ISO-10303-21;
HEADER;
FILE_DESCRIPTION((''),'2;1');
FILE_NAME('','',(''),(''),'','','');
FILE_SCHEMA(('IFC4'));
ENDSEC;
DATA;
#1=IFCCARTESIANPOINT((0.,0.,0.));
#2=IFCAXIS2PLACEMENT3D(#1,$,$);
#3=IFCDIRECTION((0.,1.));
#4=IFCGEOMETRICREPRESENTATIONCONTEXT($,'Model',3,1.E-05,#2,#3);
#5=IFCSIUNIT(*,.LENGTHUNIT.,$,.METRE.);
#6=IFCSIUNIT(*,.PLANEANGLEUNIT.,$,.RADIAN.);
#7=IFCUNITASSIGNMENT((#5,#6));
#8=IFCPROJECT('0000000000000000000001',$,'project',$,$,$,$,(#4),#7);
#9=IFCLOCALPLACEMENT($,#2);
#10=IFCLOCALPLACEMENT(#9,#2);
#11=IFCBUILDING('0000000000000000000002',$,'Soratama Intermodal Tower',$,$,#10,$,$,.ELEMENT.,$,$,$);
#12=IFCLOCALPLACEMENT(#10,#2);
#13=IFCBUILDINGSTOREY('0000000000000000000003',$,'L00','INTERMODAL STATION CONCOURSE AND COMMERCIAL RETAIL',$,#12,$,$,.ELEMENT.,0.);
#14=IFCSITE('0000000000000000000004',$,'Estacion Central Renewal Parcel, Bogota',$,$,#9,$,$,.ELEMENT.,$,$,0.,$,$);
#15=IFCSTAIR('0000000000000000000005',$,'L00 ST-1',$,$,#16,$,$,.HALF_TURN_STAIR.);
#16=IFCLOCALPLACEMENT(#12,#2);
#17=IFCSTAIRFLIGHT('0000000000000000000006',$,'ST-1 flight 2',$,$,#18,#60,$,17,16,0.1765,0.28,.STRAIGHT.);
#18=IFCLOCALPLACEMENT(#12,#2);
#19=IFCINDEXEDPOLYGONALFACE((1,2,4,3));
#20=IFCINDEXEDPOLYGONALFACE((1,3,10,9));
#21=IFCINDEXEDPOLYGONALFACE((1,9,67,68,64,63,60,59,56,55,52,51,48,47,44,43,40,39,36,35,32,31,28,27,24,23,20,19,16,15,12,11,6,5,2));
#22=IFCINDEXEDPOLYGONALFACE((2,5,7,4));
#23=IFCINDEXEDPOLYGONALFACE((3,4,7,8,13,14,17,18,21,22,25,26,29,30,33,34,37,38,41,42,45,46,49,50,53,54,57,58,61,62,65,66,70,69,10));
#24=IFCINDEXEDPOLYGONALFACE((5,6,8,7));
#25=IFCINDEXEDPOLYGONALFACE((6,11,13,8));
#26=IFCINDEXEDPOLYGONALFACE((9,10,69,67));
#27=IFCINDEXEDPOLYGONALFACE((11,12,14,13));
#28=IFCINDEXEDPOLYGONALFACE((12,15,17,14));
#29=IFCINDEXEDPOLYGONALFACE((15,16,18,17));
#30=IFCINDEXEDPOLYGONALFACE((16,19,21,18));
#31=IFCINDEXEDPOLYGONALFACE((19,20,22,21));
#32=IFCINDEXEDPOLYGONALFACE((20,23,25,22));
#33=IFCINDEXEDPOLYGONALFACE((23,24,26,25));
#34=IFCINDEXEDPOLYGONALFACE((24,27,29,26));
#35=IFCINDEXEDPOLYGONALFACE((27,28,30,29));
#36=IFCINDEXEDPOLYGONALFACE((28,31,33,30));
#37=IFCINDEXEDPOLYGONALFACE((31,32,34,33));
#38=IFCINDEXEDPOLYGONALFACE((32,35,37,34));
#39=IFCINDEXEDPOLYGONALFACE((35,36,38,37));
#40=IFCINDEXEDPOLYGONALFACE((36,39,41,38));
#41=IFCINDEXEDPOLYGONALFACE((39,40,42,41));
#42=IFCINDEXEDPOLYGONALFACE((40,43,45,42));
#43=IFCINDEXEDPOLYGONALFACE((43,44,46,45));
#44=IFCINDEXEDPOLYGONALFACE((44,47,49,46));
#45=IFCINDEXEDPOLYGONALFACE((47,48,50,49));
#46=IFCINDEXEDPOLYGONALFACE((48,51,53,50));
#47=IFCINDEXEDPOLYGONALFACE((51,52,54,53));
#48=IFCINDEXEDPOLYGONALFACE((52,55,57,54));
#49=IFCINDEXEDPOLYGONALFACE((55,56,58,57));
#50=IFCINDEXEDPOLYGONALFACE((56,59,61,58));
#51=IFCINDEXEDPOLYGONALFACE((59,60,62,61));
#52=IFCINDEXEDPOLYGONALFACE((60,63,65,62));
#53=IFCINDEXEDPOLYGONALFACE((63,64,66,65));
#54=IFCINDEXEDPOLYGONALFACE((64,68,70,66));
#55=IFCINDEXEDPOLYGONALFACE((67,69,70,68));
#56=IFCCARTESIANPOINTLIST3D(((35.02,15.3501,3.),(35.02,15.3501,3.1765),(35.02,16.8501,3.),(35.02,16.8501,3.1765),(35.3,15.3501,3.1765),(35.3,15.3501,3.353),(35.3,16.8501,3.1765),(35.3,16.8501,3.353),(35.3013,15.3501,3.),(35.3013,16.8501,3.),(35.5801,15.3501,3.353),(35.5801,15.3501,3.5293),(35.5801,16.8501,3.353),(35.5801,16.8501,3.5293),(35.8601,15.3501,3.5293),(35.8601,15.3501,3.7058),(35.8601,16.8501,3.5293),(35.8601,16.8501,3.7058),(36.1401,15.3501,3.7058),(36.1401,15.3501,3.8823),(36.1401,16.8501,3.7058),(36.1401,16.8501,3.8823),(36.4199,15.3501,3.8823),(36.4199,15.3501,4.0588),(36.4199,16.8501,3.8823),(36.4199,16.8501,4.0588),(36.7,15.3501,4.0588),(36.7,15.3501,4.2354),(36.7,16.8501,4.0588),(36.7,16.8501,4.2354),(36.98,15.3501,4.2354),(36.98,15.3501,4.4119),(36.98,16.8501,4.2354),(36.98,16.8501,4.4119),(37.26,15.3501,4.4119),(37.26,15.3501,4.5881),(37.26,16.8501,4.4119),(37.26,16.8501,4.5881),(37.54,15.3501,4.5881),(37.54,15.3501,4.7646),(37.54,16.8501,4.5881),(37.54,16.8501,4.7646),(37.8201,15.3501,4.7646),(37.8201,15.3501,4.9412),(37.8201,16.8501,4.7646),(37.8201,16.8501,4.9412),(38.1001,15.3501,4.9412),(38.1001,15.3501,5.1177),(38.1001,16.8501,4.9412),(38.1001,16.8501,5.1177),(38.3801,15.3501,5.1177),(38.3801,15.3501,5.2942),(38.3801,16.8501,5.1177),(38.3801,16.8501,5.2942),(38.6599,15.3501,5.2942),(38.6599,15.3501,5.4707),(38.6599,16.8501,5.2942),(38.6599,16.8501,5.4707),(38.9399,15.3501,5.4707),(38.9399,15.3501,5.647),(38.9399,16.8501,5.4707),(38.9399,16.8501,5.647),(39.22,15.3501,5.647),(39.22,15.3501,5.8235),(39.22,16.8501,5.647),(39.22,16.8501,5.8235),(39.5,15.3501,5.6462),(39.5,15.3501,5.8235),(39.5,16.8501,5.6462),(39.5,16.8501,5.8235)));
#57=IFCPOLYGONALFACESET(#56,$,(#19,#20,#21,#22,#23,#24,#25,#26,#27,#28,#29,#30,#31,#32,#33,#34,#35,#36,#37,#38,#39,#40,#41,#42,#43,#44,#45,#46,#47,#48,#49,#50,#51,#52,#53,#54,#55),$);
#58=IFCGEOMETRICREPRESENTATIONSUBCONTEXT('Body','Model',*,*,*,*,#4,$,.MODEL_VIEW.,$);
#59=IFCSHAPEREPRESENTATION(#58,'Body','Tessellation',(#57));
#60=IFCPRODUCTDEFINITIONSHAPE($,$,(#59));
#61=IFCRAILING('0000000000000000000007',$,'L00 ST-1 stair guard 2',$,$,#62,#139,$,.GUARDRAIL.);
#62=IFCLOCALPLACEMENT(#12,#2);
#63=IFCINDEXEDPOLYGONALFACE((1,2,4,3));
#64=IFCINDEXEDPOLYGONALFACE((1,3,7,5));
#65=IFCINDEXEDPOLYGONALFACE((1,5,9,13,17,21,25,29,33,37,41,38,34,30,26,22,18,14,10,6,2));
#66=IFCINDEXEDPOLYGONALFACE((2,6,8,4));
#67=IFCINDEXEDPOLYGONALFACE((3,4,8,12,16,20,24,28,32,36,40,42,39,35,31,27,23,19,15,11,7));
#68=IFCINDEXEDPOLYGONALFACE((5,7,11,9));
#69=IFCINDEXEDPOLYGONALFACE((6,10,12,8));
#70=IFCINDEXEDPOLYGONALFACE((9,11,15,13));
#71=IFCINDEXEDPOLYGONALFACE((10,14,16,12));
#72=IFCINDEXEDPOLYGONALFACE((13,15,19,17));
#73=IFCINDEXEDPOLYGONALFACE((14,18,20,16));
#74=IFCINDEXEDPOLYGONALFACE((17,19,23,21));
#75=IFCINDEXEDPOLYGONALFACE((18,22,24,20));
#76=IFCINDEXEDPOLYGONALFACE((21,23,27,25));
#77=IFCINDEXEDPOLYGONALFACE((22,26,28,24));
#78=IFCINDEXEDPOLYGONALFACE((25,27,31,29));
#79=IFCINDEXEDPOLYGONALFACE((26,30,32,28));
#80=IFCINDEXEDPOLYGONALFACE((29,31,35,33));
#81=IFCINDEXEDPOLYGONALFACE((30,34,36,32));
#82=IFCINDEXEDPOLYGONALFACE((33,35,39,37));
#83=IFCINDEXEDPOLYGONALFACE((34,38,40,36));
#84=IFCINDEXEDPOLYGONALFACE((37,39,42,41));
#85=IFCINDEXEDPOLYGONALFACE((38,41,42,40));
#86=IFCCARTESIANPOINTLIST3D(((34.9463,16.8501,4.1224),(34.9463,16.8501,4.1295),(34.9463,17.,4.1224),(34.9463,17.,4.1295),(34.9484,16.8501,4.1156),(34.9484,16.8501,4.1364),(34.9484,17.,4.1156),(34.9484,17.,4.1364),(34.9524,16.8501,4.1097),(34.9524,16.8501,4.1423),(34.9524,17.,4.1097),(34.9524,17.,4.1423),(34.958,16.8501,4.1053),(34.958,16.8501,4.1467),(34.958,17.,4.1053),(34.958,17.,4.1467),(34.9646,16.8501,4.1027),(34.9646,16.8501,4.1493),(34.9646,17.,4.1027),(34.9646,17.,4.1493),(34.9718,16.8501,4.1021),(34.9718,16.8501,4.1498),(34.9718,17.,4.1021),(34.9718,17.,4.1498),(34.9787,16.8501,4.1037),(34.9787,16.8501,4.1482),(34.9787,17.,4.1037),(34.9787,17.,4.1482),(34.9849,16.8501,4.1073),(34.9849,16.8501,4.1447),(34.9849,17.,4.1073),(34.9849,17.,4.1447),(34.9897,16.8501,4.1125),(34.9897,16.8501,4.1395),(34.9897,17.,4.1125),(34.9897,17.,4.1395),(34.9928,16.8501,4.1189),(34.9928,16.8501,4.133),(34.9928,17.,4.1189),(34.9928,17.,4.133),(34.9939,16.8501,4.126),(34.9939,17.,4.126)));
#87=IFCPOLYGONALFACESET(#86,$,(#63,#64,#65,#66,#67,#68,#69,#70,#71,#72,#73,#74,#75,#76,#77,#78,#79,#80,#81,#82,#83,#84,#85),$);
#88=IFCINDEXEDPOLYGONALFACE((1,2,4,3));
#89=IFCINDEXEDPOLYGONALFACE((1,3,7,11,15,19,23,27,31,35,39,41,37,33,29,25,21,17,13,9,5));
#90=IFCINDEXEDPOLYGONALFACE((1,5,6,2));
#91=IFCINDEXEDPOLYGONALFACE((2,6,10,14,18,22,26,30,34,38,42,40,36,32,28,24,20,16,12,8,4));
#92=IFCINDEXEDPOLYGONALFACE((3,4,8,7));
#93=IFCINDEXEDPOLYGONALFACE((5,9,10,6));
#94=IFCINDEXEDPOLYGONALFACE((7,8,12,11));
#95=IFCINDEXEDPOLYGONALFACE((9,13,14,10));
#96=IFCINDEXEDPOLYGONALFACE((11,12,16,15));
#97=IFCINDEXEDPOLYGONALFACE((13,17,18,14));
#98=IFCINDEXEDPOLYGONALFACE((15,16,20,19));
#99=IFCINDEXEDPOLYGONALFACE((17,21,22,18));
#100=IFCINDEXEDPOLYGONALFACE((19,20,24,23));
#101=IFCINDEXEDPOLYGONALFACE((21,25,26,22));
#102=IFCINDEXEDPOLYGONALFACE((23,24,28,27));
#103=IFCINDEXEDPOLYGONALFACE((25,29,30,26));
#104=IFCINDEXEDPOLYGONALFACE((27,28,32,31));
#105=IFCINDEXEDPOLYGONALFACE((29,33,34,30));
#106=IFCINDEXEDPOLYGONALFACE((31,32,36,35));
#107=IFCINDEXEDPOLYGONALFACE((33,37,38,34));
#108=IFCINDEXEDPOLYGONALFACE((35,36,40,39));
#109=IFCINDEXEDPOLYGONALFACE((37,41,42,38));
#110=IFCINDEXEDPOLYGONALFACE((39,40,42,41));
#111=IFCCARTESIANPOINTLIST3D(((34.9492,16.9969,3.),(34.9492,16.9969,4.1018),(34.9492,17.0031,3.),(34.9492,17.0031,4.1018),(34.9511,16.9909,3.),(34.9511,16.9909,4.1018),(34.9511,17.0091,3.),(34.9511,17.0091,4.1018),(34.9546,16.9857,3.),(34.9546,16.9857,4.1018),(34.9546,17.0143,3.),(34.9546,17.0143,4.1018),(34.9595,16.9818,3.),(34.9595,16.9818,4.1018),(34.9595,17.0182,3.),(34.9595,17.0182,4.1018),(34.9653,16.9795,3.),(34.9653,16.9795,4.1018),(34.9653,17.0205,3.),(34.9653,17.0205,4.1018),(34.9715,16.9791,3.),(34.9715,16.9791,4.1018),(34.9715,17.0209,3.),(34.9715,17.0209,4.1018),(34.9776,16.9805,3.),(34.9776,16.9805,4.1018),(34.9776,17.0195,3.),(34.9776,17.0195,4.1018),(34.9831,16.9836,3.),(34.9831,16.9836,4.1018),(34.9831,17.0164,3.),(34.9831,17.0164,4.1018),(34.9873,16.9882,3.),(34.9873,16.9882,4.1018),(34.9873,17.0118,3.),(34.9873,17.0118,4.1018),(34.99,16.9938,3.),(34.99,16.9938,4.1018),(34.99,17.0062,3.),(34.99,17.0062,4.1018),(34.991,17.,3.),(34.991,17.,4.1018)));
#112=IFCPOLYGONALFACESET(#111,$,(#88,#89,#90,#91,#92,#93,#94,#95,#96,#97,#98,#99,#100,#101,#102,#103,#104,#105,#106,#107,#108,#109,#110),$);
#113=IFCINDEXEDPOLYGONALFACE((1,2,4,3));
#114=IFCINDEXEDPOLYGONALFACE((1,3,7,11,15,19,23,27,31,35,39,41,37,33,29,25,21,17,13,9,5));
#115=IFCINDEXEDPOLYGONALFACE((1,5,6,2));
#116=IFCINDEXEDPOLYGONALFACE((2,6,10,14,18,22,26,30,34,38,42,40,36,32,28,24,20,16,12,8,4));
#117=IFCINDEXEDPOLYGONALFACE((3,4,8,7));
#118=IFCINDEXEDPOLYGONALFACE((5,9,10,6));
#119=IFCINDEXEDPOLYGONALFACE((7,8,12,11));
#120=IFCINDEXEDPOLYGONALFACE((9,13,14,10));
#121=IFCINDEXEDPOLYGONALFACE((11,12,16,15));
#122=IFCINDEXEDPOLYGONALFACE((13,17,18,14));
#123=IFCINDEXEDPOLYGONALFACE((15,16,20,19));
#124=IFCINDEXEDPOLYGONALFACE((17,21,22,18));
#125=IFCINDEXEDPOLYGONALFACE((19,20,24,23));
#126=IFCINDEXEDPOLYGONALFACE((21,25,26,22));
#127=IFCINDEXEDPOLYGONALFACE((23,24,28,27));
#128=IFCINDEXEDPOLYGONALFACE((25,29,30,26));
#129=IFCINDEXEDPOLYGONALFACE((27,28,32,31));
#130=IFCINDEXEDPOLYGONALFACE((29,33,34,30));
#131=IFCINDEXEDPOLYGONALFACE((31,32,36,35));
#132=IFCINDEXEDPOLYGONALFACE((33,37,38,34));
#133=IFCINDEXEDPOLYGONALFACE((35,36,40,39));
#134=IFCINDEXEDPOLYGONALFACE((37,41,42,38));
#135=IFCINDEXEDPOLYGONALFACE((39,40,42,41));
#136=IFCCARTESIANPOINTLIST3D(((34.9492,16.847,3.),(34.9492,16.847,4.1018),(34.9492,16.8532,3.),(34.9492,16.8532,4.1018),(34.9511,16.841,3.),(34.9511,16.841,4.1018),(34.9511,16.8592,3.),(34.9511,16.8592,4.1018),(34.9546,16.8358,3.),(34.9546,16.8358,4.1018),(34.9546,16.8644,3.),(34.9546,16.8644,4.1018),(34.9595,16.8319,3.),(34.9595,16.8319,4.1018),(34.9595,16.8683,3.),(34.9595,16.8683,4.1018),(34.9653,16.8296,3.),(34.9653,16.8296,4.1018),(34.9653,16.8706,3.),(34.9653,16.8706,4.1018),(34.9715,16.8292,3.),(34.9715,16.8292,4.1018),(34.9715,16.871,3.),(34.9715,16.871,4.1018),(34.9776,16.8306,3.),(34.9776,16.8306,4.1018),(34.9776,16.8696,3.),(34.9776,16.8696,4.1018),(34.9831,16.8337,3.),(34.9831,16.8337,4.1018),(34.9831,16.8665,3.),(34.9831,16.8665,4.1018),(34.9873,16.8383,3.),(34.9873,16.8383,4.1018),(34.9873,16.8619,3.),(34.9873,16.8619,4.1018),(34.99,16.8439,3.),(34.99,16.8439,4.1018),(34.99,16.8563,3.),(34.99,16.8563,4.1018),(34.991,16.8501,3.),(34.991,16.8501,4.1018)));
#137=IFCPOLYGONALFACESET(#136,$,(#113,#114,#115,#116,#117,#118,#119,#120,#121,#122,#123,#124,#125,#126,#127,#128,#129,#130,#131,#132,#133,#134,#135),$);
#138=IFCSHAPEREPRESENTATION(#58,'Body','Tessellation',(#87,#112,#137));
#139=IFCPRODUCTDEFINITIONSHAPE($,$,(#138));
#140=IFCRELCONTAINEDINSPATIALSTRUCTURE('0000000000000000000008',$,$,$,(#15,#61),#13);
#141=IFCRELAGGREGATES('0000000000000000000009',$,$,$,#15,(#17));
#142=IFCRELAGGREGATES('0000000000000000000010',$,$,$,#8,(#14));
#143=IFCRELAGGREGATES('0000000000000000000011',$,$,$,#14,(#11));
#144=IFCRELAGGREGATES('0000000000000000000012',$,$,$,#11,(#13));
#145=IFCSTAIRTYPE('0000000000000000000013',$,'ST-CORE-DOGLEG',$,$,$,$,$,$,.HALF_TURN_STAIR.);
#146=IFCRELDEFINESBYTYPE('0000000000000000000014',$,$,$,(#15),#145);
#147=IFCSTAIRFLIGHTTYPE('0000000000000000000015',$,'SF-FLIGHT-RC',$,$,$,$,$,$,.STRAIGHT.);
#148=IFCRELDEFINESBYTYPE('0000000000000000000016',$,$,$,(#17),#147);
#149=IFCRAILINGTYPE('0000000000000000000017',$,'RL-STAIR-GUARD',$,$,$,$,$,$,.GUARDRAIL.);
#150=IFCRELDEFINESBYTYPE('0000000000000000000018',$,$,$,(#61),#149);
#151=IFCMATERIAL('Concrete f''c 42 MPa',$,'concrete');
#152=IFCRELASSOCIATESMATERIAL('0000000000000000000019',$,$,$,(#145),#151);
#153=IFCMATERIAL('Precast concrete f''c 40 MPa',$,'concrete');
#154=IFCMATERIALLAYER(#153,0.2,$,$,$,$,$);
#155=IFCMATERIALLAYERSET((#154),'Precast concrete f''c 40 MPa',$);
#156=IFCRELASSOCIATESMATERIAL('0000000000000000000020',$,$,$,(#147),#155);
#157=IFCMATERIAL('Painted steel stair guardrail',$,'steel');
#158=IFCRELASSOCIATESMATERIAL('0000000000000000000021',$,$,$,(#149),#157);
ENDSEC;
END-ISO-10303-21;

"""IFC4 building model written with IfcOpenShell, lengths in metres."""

from ifc_helpers import new_model, si_unit, direction, frame, origin, origin_2d, place, context, subcontext, project, spatial, polyline, circle, outline, extrude, material, layer, layer_set, type_object, element, aggregate, save


model = new_model("IFC4")

# Units and contexts
model_context = context("Model", 3, precision=1e-05, world=origin(), true_north=direction((0.0, 1.0)))
body_context = subcontext(model_context, "Body", "Model", "MODEL_VIEW")
ifc_project = project(units=[si_unit("LENGTHUNIT", "METRE"), si_unit("PLANEANGLEUNIT", "RADIAN")], contexts=[model_context])

# Site, building, storey
site_placement = place(None, origin())
site = spatial("IfcSite", under=ifc_project, at=site_placement, Name="Estacion Central Renewal Parcel, Bogota", CompositionType="ELEMENT", RefElevation=0.0)
building_placement = place(site_placement, origin())
building = spatial("IfcBuilding", under=site, at=building_placement, Name="Soratama Intermodal Tower", CompositionType="ELEMENT")
storey_placement = place(building_placement, origin())
storey = spatial("IfcBuildingStorey", under=building, at=storey_placement, Name="L00", Description="INTERMODAL STATION CONCOURSE AND COMMERCIAL RETAIL", CompositionType="ELEMENT", Elevation=0.0)

# Stair, stair flight
ifc_material_1 = material(Name="Concrete f'c 42 MPa", Category="concrete")
stair_type = type_object("IfcStairType", Name="ST-CORE-DOGLEG", PredefinedType="HALF_TURN_STAIR", material=ifc_material_1)
stair_placement = place(storey_placement, origin())
stair = element("IfcStair", 1, at=stair_placement, inside=storey, type_object=stair_type, Name="L00 ST-1", PredefinedType="HALF_TURN_STAIR")
ifc_material_2 = material(Name="Precast concrete f'c 40 MPa", Category="concrete")
ifc_layer_1 = layer(ifc_material_2, 0.2)
ifc_layer_set_1 = layer_set([ifc_layer_1], Name="Precast concrete f'c 40 MPa")
stair_flight_type = type_object("IfcStairFlightType", Name="SF-FLIGHT-RC", PredefinedType="STRAIGHT", material=ifc_layer_set_1)
stair_flight_placement = place(storey_placement, frame((35.02, 16.1001, 3.0), z_axis=(0.0, 0.0, 1.0), x_axis=(1.0, 0.0, 0.0)))
stair_flight = element("IfcStairFlight", 2, at=stair_flight_placement, type_object=stair_flight_type, Name="ST-1 flight 2", NumberOfRisers=17, NumberOfTreads=16, PredefinedType="STRAIGHT", RiserHeight=0.1765, TreadLength=0.28, context=body_context, shape_type="SweptSolid", body=[
    extrude(outline(polyline([(0.0, 0.0), (0.0, 0.1765), (0.28, 0.1765), (0.28, 0.353), (0.5601, 0.353), (0.5601, 0.5293), (0.8401, 0.5293), (0.8401, 0.7058), (1.1201, 0.7058), (1.1201, 0.8823), (1.3999, 0.8823), (1.3999, 1.0588), (1.6799, 1.0588), (1.6799, 1.2354), (1.96, 1.2354), (1.96, 1.4119), (2.24, 1.4119), (2.24, 1.5881), (2.52, 1.5881), (2.52, 1.7646), (2.8, 1.7646), (2.8, 1.9412), (3.0801, 1.9412), (3.0801, 2.1177), (3.3601, 2.1177), (3.3601, 2.2942), (3.6399, 2.2942), (3.6399, 2.4707), (3.9199, 2.4707), (3.9199, 2.647), (4.2, 2.647), (4.2, 2.8235), (4.48, 2.8235), (4.48, 3.0), (4.48, 2.6462), (0.2812, 0.0), (0.0, 0.0)])), frame((0.0, 0.75, 0.0), z_axis=(0.0, -1.0, 0.0), x_axis=(1.0, 0.0, 0.0)), (0.0, 0.0, 1.0), 1.5),
])
aggregate(stair, [stair_flight])

# Railing
ifc_material_3 = material(Name="Painted steel stair guardrail", Category="steel")
railing_type_1 = type_object("IfcRailingType", Name="RL-STAIR-GUARD", PredefinedType="GUARDRAIL", material=ifc_material_3)
railing_1_placement = place(storey_placement, frame((34.97, 17.0, 3.0)))
element("IfcRailing", 3, at=railing_1_placement, inside=storey, type_object=railing_type_1, Name="L00 ST-1 stair guard 2", PredefinedType="GUARDRAIL", context=body_context, shape_type="SweptSolid", body=[
    extrude(circle(Radius=0.0239, at=origin_2d()), frame((0.0, 0.0, 1.126), z_axis=(0.0, -1.0, 0.0), x_axis=(1.0, 0.0, 0.0)), (0.0, 0.0, 1.0), 0.1499),
    extrude(circle(Radius=0.021, at=origin_2d()), origin(), (0.0, 0.0, 1.0), 1.1018),
    extrude(circle(Radius=0.021, at=origin_2d()), frame((0.0, -0.1499, 0.0)), (0.0, 0.0, 1.0), 1.1018),
])

save(model, "model.ifc")
